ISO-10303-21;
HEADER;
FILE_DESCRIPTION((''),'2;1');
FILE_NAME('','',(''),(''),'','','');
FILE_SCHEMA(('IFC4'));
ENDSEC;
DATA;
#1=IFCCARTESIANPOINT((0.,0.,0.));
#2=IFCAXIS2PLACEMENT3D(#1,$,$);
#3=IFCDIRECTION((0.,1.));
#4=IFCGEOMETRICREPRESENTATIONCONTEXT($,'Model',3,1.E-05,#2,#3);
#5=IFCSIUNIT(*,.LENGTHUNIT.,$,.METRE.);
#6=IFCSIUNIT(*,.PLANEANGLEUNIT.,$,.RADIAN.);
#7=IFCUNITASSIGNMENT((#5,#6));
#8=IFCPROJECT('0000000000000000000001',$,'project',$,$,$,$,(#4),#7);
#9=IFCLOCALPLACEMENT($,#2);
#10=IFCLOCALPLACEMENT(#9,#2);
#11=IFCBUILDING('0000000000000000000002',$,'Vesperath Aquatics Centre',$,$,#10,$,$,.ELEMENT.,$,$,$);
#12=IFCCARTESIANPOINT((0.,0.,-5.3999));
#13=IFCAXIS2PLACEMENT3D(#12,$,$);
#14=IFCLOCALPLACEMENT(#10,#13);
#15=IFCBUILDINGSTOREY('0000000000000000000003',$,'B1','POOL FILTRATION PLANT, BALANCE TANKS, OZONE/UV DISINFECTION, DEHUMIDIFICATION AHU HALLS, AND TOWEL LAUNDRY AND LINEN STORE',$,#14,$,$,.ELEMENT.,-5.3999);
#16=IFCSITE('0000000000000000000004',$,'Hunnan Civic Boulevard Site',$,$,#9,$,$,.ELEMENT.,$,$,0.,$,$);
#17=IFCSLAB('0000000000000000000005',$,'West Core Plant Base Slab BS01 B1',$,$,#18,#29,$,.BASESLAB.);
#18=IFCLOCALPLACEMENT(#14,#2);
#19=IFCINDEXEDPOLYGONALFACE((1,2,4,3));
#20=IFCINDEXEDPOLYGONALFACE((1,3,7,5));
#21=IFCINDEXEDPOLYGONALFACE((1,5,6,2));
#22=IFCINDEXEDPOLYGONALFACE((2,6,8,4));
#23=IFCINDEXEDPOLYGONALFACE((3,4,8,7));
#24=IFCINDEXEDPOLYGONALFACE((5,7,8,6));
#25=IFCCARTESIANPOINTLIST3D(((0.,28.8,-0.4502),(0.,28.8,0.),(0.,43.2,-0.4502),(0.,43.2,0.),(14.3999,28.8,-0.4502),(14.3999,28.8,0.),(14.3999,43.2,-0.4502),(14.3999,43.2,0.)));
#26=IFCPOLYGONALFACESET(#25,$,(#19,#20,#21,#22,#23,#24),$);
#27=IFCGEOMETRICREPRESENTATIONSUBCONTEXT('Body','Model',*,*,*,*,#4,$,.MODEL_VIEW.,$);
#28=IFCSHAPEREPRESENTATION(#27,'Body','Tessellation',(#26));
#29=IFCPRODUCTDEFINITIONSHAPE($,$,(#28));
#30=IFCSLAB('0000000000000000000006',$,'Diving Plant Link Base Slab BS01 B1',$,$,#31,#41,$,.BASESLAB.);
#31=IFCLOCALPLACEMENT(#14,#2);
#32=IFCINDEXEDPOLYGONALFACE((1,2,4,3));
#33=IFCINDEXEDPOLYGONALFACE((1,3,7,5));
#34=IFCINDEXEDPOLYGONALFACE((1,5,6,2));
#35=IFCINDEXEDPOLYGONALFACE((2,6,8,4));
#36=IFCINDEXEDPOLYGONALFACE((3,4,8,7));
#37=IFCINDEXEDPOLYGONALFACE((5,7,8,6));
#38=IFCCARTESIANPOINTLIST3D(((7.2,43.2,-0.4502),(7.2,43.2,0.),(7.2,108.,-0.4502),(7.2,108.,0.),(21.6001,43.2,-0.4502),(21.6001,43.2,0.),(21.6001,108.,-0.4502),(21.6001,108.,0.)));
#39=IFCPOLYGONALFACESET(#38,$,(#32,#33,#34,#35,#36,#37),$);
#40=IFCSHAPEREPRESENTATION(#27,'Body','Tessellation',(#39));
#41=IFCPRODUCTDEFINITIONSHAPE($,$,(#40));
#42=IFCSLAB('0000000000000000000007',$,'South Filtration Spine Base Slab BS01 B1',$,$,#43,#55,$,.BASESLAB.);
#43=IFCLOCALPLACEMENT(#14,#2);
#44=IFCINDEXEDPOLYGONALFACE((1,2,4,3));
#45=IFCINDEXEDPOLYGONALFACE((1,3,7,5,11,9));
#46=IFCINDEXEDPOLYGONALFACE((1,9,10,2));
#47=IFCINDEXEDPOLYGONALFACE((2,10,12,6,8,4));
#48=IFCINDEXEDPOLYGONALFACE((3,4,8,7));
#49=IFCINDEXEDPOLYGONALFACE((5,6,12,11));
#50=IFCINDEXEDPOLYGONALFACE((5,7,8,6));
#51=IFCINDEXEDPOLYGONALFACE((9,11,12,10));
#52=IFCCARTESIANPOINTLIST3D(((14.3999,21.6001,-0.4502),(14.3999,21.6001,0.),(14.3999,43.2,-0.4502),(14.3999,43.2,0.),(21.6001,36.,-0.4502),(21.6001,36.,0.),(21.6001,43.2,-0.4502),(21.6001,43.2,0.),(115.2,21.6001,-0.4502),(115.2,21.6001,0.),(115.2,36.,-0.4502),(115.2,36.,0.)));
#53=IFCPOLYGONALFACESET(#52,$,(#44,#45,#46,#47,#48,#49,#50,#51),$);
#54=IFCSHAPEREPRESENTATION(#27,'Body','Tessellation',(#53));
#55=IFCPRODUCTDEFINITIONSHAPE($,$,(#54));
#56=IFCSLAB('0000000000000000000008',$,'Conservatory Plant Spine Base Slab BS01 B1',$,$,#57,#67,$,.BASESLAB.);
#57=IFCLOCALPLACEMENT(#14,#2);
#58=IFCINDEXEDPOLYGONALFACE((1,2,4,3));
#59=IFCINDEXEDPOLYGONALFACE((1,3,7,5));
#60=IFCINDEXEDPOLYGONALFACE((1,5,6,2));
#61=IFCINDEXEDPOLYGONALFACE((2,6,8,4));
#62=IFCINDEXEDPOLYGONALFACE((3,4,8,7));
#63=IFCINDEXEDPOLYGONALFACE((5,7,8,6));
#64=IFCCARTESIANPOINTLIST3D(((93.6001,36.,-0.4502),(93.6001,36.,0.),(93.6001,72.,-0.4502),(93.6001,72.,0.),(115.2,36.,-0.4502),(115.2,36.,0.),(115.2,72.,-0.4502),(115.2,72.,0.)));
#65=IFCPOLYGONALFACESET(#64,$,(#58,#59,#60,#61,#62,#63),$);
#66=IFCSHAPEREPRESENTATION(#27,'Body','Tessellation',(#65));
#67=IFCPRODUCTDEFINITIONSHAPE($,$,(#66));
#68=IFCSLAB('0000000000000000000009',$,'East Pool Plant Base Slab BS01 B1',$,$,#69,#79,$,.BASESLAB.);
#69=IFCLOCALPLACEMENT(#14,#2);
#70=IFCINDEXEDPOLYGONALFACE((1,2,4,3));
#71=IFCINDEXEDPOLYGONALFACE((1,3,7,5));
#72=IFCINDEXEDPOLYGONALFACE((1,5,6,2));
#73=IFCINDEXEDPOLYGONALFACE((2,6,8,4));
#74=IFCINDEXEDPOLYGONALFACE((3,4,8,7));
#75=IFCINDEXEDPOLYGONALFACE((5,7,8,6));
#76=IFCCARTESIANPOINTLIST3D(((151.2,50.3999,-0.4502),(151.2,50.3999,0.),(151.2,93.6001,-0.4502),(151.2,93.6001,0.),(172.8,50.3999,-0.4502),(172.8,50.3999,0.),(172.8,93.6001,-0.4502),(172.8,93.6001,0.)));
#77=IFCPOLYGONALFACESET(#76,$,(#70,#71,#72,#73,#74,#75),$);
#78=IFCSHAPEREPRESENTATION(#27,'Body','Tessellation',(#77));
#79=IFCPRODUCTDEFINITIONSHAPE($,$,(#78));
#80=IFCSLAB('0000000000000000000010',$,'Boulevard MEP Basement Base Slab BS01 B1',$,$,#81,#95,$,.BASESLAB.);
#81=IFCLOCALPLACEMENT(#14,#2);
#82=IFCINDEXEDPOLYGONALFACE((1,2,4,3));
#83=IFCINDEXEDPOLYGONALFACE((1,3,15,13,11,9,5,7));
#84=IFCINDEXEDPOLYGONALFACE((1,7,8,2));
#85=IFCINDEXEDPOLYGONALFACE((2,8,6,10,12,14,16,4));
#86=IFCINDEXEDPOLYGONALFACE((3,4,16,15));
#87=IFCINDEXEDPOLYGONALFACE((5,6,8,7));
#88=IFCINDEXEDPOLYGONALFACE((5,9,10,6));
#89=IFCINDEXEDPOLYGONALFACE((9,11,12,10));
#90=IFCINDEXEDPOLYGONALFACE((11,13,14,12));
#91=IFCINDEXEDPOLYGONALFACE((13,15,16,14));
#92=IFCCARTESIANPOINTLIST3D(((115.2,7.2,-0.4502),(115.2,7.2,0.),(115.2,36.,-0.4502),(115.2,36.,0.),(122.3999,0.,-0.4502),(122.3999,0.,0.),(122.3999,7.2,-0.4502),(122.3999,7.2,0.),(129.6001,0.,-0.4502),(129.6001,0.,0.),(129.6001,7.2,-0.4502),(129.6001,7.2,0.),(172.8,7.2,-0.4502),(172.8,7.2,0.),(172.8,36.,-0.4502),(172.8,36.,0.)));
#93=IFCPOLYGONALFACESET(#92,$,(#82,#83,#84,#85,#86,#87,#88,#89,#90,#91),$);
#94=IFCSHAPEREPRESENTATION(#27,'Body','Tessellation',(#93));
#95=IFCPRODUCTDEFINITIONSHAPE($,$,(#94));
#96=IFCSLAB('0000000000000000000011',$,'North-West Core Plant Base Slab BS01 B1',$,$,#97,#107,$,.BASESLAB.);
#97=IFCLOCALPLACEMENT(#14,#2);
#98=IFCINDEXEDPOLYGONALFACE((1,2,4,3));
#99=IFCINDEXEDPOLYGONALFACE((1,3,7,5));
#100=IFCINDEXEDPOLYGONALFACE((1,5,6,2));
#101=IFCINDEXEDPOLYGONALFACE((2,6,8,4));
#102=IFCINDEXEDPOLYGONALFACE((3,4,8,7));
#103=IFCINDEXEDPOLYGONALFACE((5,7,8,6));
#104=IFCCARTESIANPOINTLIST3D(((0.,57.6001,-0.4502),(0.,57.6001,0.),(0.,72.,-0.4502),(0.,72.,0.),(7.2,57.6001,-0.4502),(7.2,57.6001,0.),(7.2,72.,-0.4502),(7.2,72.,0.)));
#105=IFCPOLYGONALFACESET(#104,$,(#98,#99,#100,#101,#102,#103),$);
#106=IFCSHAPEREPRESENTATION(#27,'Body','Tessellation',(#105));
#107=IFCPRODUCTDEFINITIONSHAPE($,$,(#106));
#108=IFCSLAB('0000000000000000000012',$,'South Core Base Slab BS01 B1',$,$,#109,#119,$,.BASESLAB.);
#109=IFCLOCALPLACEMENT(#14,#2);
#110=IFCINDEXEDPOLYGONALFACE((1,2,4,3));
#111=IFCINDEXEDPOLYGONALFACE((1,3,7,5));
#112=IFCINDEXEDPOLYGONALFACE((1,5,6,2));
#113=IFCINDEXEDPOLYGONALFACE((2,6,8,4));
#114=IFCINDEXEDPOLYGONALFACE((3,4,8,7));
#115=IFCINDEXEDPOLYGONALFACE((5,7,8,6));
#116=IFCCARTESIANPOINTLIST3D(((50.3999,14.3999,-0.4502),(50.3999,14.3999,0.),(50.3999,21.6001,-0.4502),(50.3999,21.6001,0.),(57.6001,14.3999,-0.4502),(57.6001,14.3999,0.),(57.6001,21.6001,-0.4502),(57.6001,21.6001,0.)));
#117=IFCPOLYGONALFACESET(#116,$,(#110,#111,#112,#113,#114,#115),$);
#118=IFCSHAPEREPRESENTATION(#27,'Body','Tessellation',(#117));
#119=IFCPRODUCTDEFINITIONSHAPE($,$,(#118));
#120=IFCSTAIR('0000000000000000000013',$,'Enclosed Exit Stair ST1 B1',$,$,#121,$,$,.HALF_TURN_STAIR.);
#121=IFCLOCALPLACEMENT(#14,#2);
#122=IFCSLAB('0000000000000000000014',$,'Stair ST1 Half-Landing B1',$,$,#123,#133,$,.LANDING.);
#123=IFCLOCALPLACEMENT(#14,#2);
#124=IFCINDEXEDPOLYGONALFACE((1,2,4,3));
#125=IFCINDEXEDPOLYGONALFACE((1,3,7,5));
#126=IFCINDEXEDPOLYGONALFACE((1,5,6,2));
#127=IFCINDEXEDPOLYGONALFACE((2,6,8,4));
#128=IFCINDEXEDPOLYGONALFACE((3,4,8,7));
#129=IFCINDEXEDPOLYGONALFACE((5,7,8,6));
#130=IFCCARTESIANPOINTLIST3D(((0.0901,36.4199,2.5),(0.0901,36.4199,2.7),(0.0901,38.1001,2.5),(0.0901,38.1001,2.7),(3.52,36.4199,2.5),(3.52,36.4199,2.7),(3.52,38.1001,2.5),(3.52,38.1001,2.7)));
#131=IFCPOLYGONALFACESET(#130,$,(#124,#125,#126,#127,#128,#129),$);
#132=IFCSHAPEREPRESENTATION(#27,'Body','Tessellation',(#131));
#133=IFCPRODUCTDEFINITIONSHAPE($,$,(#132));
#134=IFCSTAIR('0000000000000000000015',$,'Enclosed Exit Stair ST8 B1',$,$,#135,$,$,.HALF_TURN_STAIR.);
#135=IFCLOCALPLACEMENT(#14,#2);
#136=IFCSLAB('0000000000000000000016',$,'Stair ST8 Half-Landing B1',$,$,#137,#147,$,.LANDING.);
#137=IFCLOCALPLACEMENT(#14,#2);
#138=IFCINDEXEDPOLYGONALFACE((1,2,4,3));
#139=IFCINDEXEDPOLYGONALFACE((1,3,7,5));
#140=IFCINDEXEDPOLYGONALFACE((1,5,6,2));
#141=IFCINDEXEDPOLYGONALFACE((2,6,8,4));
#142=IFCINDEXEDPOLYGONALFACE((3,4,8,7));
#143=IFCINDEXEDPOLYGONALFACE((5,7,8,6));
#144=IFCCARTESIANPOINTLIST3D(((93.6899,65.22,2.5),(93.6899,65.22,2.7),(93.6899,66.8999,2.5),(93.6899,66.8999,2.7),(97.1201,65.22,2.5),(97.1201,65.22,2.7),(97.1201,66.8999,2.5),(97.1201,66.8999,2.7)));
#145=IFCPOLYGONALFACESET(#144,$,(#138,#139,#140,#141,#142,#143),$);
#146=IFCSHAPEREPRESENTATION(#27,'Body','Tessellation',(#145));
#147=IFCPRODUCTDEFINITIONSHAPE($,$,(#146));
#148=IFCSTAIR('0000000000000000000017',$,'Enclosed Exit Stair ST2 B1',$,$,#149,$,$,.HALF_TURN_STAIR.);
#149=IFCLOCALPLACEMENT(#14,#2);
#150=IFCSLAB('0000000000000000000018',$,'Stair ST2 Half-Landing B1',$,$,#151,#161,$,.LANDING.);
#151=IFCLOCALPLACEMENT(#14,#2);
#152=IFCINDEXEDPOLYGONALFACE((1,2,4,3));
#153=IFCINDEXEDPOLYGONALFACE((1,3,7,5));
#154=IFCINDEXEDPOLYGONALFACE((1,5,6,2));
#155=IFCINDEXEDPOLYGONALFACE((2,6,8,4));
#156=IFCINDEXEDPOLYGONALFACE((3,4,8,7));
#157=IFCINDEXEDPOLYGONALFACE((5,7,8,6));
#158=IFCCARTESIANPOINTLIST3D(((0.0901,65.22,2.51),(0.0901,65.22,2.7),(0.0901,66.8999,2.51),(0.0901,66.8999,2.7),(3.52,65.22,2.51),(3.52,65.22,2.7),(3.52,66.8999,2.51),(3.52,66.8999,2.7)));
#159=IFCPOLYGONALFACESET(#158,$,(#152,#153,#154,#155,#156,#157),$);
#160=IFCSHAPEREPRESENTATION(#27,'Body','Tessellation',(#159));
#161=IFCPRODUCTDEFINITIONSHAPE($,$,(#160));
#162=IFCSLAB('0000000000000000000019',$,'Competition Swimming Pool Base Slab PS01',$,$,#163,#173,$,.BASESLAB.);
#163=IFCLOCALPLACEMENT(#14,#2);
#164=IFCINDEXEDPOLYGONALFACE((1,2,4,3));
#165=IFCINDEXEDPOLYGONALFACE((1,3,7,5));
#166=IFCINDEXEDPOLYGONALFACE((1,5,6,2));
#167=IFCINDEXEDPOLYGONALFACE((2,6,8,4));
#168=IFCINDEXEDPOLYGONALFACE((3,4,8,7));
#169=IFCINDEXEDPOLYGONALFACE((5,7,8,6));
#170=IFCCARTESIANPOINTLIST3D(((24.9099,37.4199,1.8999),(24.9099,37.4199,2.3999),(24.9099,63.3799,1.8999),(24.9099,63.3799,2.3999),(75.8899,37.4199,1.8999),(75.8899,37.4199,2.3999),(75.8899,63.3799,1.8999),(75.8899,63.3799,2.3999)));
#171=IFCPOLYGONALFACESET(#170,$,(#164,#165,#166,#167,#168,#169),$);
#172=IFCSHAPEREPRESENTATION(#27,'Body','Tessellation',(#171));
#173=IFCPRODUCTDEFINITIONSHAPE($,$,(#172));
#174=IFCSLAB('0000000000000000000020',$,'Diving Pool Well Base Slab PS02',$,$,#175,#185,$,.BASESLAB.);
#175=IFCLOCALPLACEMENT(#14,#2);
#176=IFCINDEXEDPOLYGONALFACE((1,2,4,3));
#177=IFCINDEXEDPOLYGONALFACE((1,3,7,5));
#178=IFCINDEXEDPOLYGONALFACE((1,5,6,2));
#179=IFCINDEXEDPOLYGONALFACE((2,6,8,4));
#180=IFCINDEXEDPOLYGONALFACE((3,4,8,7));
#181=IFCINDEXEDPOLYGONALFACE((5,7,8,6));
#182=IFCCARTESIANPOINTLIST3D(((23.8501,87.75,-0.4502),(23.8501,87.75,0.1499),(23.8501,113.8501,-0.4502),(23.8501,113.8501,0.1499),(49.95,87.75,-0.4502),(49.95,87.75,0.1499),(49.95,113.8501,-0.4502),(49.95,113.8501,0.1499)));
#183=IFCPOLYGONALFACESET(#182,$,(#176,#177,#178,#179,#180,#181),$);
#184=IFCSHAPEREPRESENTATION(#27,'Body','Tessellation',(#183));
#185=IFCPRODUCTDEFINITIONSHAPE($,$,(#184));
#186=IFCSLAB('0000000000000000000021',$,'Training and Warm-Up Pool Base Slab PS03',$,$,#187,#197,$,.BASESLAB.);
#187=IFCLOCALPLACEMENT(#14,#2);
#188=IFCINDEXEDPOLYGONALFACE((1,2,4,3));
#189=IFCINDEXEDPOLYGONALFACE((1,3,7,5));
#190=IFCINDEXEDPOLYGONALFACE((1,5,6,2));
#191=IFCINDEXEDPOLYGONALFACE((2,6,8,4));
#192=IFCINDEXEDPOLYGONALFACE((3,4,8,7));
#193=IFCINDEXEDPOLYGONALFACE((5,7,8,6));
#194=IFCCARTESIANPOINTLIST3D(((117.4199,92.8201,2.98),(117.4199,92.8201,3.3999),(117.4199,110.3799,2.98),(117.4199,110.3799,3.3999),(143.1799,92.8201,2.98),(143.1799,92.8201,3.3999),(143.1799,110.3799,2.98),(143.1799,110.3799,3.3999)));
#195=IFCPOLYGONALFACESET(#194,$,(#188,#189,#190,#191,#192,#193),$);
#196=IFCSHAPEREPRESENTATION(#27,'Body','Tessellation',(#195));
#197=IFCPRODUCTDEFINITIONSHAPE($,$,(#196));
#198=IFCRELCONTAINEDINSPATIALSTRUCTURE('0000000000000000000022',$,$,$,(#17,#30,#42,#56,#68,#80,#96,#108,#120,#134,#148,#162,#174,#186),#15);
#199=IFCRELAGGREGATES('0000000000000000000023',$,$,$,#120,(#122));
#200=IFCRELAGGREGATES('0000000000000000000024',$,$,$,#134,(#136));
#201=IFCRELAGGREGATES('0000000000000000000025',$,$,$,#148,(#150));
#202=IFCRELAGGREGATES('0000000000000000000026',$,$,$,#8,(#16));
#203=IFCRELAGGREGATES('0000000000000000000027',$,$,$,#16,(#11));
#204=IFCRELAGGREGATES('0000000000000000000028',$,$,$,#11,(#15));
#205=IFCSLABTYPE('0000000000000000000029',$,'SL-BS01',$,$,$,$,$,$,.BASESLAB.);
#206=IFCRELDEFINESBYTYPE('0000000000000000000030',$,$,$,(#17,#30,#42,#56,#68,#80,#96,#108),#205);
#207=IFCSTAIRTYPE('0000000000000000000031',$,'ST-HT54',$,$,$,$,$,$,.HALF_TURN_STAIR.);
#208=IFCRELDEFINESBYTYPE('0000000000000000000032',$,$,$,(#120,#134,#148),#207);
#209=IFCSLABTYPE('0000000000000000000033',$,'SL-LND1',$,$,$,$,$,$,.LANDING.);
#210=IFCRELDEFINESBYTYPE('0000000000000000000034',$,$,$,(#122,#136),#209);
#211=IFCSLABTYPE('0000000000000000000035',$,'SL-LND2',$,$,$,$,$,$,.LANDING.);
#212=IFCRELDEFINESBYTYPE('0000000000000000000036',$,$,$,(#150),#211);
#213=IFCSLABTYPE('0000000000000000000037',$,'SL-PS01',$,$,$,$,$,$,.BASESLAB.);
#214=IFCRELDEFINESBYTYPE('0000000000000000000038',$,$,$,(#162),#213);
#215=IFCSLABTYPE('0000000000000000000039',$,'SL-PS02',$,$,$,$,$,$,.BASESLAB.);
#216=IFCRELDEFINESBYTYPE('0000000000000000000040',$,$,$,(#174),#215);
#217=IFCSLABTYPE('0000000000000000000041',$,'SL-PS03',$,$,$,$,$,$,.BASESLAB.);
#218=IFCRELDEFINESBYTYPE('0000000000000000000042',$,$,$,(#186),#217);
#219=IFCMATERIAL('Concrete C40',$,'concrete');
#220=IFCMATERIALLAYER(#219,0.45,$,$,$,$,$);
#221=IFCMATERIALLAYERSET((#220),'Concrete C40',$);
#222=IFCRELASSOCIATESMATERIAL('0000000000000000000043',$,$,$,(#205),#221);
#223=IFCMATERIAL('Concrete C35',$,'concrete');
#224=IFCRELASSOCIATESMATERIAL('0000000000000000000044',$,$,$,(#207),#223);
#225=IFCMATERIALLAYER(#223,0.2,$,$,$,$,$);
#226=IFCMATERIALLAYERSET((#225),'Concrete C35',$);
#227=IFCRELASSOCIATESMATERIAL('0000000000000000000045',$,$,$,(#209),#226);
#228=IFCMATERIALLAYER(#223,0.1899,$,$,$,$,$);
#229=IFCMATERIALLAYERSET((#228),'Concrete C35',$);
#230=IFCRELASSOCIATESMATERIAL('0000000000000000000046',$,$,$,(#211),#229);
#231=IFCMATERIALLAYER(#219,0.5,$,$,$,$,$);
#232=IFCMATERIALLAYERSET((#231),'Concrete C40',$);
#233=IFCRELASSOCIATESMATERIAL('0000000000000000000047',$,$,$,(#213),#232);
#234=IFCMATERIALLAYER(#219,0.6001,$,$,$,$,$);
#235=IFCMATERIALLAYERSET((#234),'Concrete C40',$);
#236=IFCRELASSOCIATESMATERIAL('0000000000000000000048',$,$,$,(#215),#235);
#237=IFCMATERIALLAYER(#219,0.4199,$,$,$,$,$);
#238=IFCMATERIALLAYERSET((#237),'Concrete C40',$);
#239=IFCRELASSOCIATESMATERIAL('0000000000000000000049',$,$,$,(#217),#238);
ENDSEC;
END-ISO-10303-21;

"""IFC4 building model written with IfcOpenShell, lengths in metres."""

from ifc_helpers import new_model, si_unit, direction, frame, origin, place, context, subcontext, project, spatial, polyline, outline, extrude, material, layer, layer_set, type_object, element, aggregate, save


model = new_model("IFC4")

# Units and contexts
model_context = context("Model", 3, precision=1e-05, world=origin(), true_north=direction((0.0, 1.0)))
body_context = subcontext(model_context, "Body", "Model", "MODEL_VIEW")
ifc_project = project(units=[si_unit("LENGTHUNIT", "METRE"), si_unit("PLANEANGLEUNIT", "RADIAN")], contexts=[model_context])

# Site, building, storey
site_placement = place(None, origin())
site = spatial("IfcSite", under=ifc_project, at=site_placement, Name="Hunnan Civic Boulevard Site", CompositionType="ELEMENT", RefElevation=0.0)
building_placement = place(site_placement, origin())
building = spatial("IfcBuilding", under=site, at=building_placement, Name="Vesperath Aquatics Centre", CompositionType="ELEMENT")
storey_placement = place(building_placement, frame((0.0, 0.0, -5.3999)))
storey = spatial("IfcBuildingStorey", under=building, at=storey_placement, Name="B1", Description="POOL FILTRATION PLANT, BALANCE TANKS, OZONE/UV DISINFECTION, DEHUMIDIFICATION AHU HALLS, AND TOWEL LAUNDRY AND LINEN STORE", CompositionType="ELEMENT", Elevation=-5.3999)

# Shared definitions
ifc_material_1 = material(Name="Concrete C40", Category="concrete")

# Slabs
ifc_layer_1 = layer(ifc_material_1, 0.45)
ifc_layer_set_1 = layer_set([ifc_layer_1], Name="Concrete C40")
slab_type_1 = type_object("IfcSlabType", Name="SL-BS01", PredefinedType="BASESLAB", material=ifc_layer_set_1)
slab_1_placement = place(storey_placement, frame((0.0, 0.0, -0.4502)))
element("IfcSlab", 1, at=slab_1_placement, inside=storey, type_object=slab_type_1, Name="West Core Plant Base Slab BS01 B1", PredefinedType="BASESLAB", context=body_context, shape_type="SweptSolid", body=[
    extrude(outline(polyline([(0.0, 28.8), (14.3999, 28.8), (14.3999, 43.2), (0.0, 43.2), (0.0, 28.8)])), origin(), (0.0, 0.0, 1.0), 0.4502),
])
slab_2_placement = place(storey_placement, frame((0.0, 0.0, -0.4502)))
element("IfcSlab", 2, at=slab_2_placement, inside=storey, type_object=slab_type_1, Name="Diving Plant Link Base Slab BS01 B1", PredefinedType="BASESLAB", context=body_context, shape_type="SweptSolid", body=[
    extrude(outline(polyline([(7.2, 43.2), (21.6001, 43.2), (21.6001, 108.0), (7.2, 108.0), (7.2, 43.2)])), origin(), (0.0, 0.0, 1.0), 0.4502),
])
slab_3_placement = place(storey_placement, frame((0.0, 0.0, -0.4502)))
element("IfcSlab", 3, at=slab_3_placement, inside=storey, type_object=slab_type_1, Name="South Filtration Spine Base Slab BS01 B1", PredefinedType="BASESLAB", context=body_context, shape_type="SweptSolid", body=[
    extrude(outline(polyline([(14.3999, 21.6001), (115.2, 21.6001), (115.2, 36.0), (21.6001, 36.0), (21.6001, 43.2), (14.3999, 43.2), (14.3999, 21.6001)])), origin(), (0.0, 0.0, 1.0), 0.4502),
])
slab_4_placement = place(storey_placement, frame((0.0, 0.0, -0.4502)))
element("IfcSlab", 4, at=slab_4_placement, inside=storey, type_object=slab_type_1, Name="Conservatory Plant Spine Base Slab BS01 B1", PredefinedType="BASESLAB", context=body_context, shape_type="SweptSolid", body=[
    extrude(outline(polyline([(93.6001, 36.0), (115.2, 36.0), (115.2, 72.0), (93.6001, 72.0), (93.6001, 36.0)])), origin(), (0.0, 0.0, 1.0), 0.4502),
])
slab_5_placement = place(storey_placement, frame((0.0, 0.0, -0.4502)))
element("IfcSlab", 5, at=slab_5_placement, inside=storey, type_object=slab_type_1, Name="East Pool Plant Base Slab BS01 B1", PredefinedType="BASESLAB", context=body_context, shape_type="SweptSolid", body=[
    extrude(outline(polyline([(151.2, 50.3999), (172.8, 50.3999), (172.8, 93.6001), (151.2, 93.6001), (151.2, 50.3999)])), origin(), (0.0, 0.0, 1.0), 0.4502),
])
slab_6_placement = place(storey_placement, frame((0.0, 0.0, -0.4502)))
element("IfcSlab", 6, at=slab_6_placement, inside=storey, type_object=slab_type_1, Name="Boulevard MEP Basement Base Slab BS01 B1", PredefinedType="BASESLAB", context=body_context, shape_type="SweptSolid", body=[
    extrude(outline(polyline([(115.2, 7.2), (122.3999, 7.2), (122.3999, 0.0), (129.6001, 0.0), (129.6001, 7.2), (172.8, 7.2), (172.8, 36.0), (115.2, 36.0), (115.2, 7.2)])), origin(), (0.0, 0.0, 1.0), 0.4502),
])
slab_7_placement = place(storey_placement, frame((0.0, 0.0, -0.4502)))
element("IfcSlab", 7, at=slab_7_placement, inside=storey, type_object=slab_type_1, Name="North-West Core Plant Base Slab BS01 B1", PredefinedType="BASESLAB", context=body_context, shape_type="SweptSolid", body=[
    extrude(outline(polyline([(0.0, 57.6001), (7.2, 57.6001), (7.2, 72.0), (0.0, 72.0), (0.0, 57.6001)])), origin(), (0.0, 0.0, 1.0), 0.4502),
])
slab_8_placement = place(storey_placement, frame((0.0, 0.0, -0.4502)))
element("IfcSlab", 8, at=slab_8_placement, inside=storey, type_object=slab_type_1, Name="South Core Base Slab BS01 B1", PredefinedType="BASESLAB", context=body_context, shape_type="SweptSolid", body=[
    extrude(outline(polyline([(50.3999, 14.3999), (57.6001, 14.3999), (57.6001, 21.6001), (50.3999, 21.6001), (50.3999, 14.3999)])), origin(), (0.0, 0.0, 1.0), 0.4502),
])

# Stairs, slabs
ifc_material_2 = material(Name="Concrete C35", Category="concrete")
stair_type = type_object("IfcStairType", Name="ST-HT54", PredefinedType="HALF_TURN_STAIR", material=ifc_material_2)
stair_1_placement = place(storey_placement, origin())
stair_1 = element("IfcStair", 9, at=stair_1_placement, inside=storey, type_object=stair_type, Name="Enclosed Exit Stair ST1 B1", PredefinedType="HALF_TURN_STAIR")
ifc_layer_2 = layer(ifc_material_2, 0.2)
ifc_layer_set_2 = layer_set([ifc_layer_2], Name="Concrete C35")
slab_type_2 = type_object("IfcSlabType", Name="SL-LND1", PredefinedType="LANDING", material=ifc_layer_set_2)
slab_9_placement = place(storey_placement, frame((0.0, 0.0, 2.5)))
slab_9 = element("IfcSlab", 10, at=slab_9_placement, type_object=slab_type_2, Name="Stair ST1 Half-Landing B1", PredefinedType="LANDING", context=body_context, shape_type="SweptSolid", body=[
    extrude(outline(polyline([(0.0901, 36.4199), (3.52, 36.4199), (3.52, 38.1001), (0.0901, 38.1001), (0.0901, 36.4199)])), origin(), (0.0, 0.0, 1.0), 0.2),
])
aggregate(stair_1, [slab_9])
stair_2_placement = place(storey_placement, origin())
stair_2 = element("IfcStair", 11, at=stair_2_placement, inside=storey, type_object=stair_type, Name="Enclosed Exit Stair ST8 B1", PredefinedType="HALF_TURN_STAIR")
slab_10_placement = place(storey_placement, frame((0.0, 0.0, 2.5)))
slab_10 = element("IfcSlab", 12, at=slab_10_placement, type_object=slab_type_2, Name="Stair ST8 Half-Landing B1", PredefinedType="LANDING", context=body_context, shape_type="SweptSolid", body=[
    extrude(outline(polyline([(93.6899, 65.22), (97.1201, 65.22), (97.1201, 66.8999), (93.6899, 66.8999), (93.6899, 65.22)])), origin(), (0.0, 0.0, 1.0), 0.2),
])
aggregate(stair_2, [slab_10])
stair_3_placement = place(storey_placement, origin())
stair_3 = element("IfcStair", 13, at=stair_3_placement, inside=storey, type_object=stair_type, Name="Enclosed Exit Stair ST2 B1", PredefinedType="HALF_TURN_STAIR")
ifc_layer_3 = layer(ifc_material_2, 0.1899)
ifc_layer_set_3 = layer_set([ifc_layer_3], Name="Concrete C35")
slab_type_3 = type_object("IfcSlabType", Name="SL-LND2", PredefinedType="LANDING", material=ifc_layer_set_3)
slab_11_placement = place(storey_placement, frame((0.0, 0.0, 2.51)))
slab_11 = element("IfcSlab", 14, at=slab_11_placement, type_object=slab_type_3, Name="Stair ST2 Half-Landing B1", PredefinedType="LANDING", context=body_context, shape_type="SweptSolid", body=[
    extrude(outline(polyline([(0.0901, 65.22), (3.52, 65.22), (3.52, 66.8999), (0.0901, 66.8999), (0.0901, 65.22)])), origin(), (0.0, 0.0, 1.0), 0.1899),
])
aggregate(stair_3, [slab_11])

# Slabs
ifc_layer_4 = layer(ifc_material_1, 0.5)
ifc_layer_set_4 = layer_set([ifc_layer_4], Name="Concrete C40")
slab_type_4 = type_object("IfcSlabType", Name="SL-PS01", PredefinedType="BASESLAB", material=ifc_layer_set_4)
slab_12_placement = place(storey_placement, frame((0.0, 0.0, 1.8999)))
element("IfcSlab", 15, at=slab_12_placement, inside=storey, type_object=slab_type_4, Name="Competition Swimming Pool Base Slab PS01", PredefinedType="BASESLAB", context=body_context, shape_type="SweptSolid", body=[
    extrude(outline(polyline([(24.9099, 37.4199), (75.8899, 37.4199), (75.8899, 63.3799), (24.9099, 63.3799), (24.9099, 37.4199)])), origin(), (0.0, 0.0, 1.0), 0.5),
])
ifc_layer_5 = layer(ifc_material_1, 0.6001)
ifc_layer_set_5 = layer_set([ifc_layer_5], Name="Concrete C40")
slab_type_5 = type_object("IfcSlabType", Name="SL-PS02", PredefinedType="BASESLAB", material=ifc_layer_set_5)
slab_13_placement = place(storey_placement, frame((0.0, 0.0, -0.4502)))
element("IfcSlab", 16, at=slab_13_placement, inside=storey, type_object=slab_type_5, Name="Diving Pool Well Base Slab PS02", PredefinedType="BASESLAB", context=body_context, shape_type="SweptSolid", body=[
    extrude(outline(polyline([(23.8501, 87.75), (49.95, 87.75), (49.95, 113.8501), (23.8501, 113.8501), (23.8501, 87.75)])), origin(), (0.0, 0.0, 1.0), 0.6001),
])
ifc_layer_6 = layer(ifc_material_1, 0.4199)
ifc_layer_set_6 = layer_set([ifc_layer_6], Name="Concrete C40")
slab_type_6 = type_object("IfcSlabType", Name="SL-PS03", PredefinedType="BASESLAB", material=ifc_layer_set_6)
slab_14_placement = place(storey_placement, frame((0.0, 0.0, 2.98)))
element("IfcSlab", 17, at=slab_14_placement, inside=storey, type_object=slab_type_6, Name="Training and Warm-Up Pool Base Slab PS03", PredefinedType="BASESLAB", context=body_context, shape_type="SweptSolid", body=[
    extrude(outline(polyline([(117.4199, 92.8201), (143.1799, 92.8201), (143.1799, 110.3799), (117.4199, 110.3799), (117.4199, 92.8201)])), origin(), (0.0, 0.0, 1.0), 0.4199),
])

save(model, "model.ifc")
